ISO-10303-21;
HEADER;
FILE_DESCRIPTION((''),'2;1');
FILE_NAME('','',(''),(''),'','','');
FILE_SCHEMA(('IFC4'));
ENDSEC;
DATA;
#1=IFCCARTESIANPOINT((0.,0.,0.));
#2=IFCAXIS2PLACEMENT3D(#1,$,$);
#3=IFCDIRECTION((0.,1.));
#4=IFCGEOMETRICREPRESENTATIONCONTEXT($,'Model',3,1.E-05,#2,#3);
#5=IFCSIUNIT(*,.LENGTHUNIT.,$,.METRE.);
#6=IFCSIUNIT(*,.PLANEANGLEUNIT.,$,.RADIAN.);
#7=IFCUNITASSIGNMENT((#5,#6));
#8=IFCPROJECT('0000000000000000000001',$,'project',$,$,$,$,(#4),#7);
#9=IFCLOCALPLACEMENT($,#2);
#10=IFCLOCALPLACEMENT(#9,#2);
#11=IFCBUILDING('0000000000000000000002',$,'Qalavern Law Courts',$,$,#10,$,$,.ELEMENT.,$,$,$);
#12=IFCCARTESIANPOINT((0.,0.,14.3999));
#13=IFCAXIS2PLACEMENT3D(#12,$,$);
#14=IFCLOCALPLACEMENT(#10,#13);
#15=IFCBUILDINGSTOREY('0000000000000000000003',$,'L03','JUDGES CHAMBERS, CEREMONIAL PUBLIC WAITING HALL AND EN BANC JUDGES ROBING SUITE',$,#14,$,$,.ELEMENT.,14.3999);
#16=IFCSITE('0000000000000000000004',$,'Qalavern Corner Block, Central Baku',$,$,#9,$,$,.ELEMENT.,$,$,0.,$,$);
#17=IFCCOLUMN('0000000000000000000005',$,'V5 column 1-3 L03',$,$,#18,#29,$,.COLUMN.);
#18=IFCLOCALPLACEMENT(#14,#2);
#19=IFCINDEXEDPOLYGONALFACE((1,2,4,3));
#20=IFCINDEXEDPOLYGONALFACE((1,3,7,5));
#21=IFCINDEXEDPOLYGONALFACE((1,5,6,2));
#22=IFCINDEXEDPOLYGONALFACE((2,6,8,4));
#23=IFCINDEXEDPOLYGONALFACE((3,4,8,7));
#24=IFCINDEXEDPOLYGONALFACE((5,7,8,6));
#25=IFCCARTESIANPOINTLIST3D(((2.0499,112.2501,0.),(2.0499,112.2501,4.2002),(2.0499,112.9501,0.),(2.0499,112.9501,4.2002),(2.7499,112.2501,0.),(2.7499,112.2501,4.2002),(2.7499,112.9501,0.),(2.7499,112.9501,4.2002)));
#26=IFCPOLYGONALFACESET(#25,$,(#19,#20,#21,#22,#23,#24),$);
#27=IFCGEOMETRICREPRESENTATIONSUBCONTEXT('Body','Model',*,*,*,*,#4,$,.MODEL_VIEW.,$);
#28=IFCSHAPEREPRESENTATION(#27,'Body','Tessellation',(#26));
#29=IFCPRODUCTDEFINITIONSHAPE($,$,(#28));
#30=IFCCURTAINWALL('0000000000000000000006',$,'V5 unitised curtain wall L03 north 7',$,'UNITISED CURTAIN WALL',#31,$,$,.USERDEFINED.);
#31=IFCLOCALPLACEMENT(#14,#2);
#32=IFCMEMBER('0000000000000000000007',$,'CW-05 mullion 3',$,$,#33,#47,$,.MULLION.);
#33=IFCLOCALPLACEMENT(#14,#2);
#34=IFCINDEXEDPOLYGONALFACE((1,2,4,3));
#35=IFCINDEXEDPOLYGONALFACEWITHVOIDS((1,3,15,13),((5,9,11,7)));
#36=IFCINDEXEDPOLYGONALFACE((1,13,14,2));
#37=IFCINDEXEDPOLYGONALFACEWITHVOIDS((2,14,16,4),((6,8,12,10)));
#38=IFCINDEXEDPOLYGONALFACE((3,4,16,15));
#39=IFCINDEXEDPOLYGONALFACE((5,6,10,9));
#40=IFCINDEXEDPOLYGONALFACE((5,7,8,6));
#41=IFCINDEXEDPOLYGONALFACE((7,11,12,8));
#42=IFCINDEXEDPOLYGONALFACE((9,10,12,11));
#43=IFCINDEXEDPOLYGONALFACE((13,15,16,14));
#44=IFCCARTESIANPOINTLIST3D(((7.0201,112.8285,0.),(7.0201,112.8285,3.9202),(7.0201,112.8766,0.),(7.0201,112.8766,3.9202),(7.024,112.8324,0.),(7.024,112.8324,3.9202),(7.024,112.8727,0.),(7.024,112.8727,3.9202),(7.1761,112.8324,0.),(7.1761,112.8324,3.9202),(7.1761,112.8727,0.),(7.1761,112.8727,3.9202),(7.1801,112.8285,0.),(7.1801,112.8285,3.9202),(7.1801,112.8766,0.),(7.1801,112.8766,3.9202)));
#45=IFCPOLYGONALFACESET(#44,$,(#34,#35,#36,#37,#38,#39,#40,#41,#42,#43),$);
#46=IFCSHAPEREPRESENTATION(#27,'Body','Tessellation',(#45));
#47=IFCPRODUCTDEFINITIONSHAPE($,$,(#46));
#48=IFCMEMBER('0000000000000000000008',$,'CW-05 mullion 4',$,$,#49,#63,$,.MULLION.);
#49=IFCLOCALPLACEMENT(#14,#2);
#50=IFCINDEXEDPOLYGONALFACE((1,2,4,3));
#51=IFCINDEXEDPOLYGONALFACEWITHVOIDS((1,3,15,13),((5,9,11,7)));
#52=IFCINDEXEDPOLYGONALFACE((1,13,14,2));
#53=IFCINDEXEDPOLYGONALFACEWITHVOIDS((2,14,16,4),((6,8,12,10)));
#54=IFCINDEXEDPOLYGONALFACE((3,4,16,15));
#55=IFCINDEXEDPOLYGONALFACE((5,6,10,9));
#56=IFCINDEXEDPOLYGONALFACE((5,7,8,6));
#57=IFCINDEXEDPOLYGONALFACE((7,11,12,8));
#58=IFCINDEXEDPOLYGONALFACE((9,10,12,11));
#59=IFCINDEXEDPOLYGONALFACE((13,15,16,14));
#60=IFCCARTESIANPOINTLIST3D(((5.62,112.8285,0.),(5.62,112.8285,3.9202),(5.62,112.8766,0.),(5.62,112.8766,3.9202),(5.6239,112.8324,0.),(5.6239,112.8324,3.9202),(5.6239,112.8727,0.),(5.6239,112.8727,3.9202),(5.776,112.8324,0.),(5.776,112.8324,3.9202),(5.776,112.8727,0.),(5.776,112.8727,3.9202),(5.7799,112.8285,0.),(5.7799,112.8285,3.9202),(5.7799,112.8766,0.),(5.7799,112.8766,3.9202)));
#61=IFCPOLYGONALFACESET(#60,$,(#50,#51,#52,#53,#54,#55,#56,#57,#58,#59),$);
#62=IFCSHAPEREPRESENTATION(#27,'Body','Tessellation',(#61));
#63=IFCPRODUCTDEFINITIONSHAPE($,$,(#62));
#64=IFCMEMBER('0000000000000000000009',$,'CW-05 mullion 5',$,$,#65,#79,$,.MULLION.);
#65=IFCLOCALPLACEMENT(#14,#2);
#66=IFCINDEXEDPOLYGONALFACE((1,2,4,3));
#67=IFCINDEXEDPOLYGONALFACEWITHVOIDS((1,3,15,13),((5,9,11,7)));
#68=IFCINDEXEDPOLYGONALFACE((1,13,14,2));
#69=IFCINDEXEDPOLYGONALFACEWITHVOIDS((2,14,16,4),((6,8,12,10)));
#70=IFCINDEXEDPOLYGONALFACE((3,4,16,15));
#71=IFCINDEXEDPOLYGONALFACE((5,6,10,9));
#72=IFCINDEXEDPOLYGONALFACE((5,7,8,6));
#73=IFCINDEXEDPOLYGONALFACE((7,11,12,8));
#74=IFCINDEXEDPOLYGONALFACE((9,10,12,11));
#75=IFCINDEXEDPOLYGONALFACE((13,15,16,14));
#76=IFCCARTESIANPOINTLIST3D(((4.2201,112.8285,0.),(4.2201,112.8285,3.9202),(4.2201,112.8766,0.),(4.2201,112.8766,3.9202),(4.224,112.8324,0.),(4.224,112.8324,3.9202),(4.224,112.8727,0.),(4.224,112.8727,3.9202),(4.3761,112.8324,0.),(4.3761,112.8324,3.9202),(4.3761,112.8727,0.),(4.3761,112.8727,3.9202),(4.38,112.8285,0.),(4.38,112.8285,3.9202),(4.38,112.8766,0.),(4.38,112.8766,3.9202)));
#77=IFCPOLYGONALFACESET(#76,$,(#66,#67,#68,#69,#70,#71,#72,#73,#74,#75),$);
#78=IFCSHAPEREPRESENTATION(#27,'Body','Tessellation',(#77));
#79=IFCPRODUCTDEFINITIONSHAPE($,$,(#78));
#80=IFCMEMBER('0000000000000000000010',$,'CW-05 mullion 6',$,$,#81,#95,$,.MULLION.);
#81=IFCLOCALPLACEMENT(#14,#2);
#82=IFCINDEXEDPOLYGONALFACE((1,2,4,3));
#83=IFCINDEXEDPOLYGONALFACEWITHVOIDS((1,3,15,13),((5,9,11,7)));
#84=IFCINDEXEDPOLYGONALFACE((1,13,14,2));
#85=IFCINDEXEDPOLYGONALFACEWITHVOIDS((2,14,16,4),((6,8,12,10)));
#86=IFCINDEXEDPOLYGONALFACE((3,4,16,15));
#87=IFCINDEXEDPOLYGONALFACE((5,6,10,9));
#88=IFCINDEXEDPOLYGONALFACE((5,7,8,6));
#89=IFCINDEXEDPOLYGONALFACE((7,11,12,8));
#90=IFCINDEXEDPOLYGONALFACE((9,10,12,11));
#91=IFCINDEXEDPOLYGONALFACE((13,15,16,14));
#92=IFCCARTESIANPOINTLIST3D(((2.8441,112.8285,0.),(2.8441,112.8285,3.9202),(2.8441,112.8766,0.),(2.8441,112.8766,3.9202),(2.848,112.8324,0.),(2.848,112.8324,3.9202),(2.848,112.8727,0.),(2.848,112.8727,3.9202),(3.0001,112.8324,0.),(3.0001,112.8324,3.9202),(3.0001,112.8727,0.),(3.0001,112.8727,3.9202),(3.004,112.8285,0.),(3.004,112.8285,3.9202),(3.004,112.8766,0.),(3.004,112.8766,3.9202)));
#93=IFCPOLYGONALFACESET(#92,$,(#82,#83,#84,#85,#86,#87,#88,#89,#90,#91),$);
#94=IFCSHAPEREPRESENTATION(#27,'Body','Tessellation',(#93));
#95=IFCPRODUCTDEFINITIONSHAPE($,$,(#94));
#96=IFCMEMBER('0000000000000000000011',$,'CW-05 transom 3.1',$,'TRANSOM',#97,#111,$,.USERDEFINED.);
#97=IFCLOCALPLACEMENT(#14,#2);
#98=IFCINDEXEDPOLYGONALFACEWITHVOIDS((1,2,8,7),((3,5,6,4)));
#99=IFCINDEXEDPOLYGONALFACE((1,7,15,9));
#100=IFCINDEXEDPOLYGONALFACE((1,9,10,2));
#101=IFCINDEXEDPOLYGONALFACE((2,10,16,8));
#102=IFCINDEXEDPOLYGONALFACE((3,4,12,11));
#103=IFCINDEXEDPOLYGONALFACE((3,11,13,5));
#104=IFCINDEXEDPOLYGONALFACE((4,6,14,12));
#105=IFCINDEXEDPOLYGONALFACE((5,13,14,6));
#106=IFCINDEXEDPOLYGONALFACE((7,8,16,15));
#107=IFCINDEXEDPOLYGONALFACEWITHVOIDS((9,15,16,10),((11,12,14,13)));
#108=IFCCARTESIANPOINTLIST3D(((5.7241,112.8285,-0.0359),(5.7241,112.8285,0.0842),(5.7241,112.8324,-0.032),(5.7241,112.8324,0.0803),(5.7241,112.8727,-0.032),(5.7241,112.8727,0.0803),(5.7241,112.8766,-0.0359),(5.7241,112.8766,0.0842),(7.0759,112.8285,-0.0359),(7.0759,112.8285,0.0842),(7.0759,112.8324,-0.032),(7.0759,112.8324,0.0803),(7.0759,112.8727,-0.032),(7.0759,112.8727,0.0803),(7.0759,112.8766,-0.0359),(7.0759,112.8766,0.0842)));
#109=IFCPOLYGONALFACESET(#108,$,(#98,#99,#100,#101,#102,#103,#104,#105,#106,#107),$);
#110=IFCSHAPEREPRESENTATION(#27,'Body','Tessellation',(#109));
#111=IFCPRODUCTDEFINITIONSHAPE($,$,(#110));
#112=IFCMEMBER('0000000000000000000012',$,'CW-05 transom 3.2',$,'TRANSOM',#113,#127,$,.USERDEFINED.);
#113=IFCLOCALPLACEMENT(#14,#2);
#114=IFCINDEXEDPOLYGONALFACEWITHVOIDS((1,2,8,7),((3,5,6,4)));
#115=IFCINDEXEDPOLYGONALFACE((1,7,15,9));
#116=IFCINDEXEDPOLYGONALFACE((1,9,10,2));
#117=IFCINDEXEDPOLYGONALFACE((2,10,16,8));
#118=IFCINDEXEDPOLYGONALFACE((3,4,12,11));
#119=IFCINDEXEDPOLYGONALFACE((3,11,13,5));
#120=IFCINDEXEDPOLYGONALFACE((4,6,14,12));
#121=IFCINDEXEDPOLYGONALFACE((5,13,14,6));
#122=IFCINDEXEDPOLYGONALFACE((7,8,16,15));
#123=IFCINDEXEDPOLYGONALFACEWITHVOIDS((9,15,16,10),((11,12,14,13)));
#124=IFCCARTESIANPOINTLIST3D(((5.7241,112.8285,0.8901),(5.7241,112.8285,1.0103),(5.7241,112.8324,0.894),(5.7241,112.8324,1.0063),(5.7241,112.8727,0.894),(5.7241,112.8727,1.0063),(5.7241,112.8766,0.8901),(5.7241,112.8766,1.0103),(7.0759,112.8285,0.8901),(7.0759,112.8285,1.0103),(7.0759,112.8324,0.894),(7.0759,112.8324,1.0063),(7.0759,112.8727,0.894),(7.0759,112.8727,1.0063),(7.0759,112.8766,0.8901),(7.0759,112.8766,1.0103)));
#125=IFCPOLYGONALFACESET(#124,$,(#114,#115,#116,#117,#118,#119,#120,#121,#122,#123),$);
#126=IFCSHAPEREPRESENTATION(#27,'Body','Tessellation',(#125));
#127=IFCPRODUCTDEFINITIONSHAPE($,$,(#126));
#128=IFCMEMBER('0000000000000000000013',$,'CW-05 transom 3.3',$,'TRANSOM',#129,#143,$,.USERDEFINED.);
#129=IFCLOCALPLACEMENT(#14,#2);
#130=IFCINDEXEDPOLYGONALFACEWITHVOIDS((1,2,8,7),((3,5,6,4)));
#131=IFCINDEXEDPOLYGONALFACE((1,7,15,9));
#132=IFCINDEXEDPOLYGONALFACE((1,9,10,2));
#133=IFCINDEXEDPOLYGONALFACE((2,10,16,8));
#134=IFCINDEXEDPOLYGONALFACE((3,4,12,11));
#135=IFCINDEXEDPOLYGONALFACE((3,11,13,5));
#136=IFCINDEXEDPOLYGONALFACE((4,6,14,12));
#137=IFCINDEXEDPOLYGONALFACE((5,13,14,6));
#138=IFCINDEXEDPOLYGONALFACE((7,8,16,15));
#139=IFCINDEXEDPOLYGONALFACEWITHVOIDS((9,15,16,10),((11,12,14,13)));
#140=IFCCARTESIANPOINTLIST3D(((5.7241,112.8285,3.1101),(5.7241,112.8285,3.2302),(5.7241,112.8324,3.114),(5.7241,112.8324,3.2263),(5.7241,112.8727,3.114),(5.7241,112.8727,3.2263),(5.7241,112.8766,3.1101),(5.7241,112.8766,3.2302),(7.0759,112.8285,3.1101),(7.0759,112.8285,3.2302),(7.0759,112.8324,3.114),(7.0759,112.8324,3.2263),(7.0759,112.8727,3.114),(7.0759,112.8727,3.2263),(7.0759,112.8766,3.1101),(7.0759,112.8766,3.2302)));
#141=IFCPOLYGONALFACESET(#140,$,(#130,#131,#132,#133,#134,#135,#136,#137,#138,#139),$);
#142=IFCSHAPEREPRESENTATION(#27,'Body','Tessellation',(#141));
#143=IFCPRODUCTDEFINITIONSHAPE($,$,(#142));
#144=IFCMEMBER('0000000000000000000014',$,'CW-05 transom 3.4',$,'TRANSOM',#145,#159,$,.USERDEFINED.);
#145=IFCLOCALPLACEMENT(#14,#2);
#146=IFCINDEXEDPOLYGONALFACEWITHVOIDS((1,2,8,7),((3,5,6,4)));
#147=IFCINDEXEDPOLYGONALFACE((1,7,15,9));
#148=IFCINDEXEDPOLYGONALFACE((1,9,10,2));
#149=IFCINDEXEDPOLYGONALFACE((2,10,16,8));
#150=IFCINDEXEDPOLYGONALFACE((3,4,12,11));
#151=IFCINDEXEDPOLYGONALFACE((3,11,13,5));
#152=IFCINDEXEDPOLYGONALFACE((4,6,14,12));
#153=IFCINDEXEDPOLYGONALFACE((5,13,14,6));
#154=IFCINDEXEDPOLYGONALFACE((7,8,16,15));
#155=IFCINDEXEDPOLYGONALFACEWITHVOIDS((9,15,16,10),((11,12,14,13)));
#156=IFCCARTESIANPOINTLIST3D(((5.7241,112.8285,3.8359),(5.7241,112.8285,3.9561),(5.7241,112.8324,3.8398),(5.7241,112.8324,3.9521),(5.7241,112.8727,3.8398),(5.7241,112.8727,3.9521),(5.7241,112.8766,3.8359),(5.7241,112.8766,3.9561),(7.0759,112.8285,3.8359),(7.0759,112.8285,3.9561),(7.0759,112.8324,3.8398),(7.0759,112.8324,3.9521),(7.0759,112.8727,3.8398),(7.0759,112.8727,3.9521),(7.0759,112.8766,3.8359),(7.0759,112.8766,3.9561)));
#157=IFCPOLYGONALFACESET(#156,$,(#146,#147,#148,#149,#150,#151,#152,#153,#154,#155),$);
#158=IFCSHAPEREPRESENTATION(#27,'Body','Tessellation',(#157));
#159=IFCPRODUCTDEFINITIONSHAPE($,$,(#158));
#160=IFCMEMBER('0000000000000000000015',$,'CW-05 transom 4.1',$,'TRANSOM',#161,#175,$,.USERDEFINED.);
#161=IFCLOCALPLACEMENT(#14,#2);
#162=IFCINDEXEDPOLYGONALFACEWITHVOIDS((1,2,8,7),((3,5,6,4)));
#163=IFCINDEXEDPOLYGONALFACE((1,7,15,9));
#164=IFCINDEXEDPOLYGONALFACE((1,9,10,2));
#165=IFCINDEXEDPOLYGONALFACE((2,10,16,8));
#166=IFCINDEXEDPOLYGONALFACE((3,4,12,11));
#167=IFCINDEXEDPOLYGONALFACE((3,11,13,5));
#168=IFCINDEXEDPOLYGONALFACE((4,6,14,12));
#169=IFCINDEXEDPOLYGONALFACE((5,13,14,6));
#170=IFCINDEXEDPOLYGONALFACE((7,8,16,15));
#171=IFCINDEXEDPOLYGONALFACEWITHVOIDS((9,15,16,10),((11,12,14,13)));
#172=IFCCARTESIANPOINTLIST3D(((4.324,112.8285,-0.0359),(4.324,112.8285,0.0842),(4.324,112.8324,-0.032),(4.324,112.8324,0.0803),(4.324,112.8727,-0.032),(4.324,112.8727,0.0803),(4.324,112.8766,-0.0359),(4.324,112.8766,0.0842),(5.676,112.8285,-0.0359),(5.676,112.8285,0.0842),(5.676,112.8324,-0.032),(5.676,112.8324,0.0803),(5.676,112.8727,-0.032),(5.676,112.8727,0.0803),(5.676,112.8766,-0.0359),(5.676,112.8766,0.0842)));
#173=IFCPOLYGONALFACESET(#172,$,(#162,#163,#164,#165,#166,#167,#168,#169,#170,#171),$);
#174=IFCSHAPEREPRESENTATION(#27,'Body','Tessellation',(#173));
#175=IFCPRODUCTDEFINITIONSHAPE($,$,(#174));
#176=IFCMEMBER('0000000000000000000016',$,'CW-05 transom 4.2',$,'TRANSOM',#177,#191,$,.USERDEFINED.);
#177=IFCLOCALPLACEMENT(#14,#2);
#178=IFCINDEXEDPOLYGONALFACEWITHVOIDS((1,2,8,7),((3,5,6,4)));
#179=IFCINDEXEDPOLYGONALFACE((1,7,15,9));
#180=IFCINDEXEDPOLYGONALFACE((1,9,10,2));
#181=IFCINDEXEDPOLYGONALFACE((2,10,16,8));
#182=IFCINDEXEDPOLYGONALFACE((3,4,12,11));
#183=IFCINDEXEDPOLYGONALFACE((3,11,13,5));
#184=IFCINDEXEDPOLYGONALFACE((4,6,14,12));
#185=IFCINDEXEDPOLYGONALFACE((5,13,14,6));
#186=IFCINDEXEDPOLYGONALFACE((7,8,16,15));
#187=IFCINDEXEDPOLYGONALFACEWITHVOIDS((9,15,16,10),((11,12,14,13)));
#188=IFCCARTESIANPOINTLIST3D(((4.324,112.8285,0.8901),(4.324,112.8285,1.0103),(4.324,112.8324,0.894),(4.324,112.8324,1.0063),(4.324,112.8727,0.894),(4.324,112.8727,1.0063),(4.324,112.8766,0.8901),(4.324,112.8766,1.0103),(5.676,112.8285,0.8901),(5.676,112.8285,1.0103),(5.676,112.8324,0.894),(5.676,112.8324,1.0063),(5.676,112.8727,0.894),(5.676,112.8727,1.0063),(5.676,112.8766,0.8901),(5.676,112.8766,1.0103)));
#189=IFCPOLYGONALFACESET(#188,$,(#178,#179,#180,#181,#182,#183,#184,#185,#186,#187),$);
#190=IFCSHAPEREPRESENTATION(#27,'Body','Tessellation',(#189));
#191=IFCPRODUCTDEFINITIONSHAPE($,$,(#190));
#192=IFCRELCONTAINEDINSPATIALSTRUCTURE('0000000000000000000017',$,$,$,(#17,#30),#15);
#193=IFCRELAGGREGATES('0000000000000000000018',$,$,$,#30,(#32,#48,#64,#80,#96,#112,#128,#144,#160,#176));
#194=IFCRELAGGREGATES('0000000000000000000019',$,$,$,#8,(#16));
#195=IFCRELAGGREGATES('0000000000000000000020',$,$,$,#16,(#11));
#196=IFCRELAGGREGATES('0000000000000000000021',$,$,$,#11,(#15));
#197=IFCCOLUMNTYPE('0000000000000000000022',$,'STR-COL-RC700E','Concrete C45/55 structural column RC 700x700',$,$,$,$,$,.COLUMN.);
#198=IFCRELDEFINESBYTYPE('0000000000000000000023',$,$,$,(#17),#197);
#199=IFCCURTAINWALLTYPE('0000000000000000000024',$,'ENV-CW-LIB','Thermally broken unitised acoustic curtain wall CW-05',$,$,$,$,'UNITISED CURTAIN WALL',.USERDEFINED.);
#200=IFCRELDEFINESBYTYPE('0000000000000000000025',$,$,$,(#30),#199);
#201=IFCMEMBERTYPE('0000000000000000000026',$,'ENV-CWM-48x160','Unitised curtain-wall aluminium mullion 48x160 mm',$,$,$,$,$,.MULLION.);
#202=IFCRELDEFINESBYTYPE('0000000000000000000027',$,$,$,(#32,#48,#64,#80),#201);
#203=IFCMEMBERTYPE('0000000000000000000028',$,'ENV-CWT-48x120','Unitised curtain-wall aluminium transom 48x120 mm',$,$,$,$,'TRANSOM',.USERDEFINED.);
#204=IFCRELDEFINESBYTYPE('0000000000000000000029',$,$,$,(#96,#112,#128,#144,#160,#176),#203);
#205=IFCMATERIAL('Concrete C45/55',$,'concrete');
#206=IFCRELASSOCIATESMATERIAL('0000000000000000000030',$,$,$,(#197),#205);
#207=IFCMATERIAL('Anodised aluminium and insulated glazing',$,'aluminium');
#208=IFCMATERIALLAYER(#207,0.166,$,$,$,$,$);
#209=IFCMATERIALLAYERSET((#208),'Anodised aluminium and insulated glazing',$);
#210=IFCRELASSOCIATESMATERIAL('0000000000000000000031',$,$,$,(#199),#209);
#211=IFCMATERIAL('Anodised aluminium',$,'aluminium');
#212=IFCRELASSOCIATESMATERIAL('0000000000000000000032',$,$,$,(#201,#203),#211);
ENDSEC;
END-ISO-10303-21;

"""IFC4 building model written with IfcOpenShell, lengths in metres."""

from ifc_helpers import new_model, si_unit, direction, frame, origin, origin_2d, place, context, subcontext, project, spatial, rectangle, hollow_rectangle, extrude, material, layer, layer_set, material_profile, profile_set, type_object, element, aggregate, save


model = new_model("IFC4")

# Units and contexts
model_context = context("Model", 3, precision=1e-05, world=origin(), true_north=direction((0.0, 1.0)))
body_context = subcontext(model_context, "Body", "Model", "MODEL_VIEW")
ifc_project = project(units=[si_unit("LENGTHUNIT", "METRE"), si_unit("PLANEANGLEUNIT", "RADIAN")], contexts=[model_context])

# Site, building, storey
site_placement = place(None, origin())
site = spatial("IfcSite", under=ifc_project, at=site_placement, Name="Qalavern Corner Block, Central Baku", CompositionType="ELEMENT", RefElevation=0.0)
building_placement = place(site_placement, origin())
building = spatial("IfcBuilding", under=site, at=building_placement, Name="Qalavern Law Courts", CompositionType="ELEMENT")
storey_placement = place(building_placement, frame((0.0, 0.0, 14.3999)))
storey = spatial("IfcBuildingStorey", under=building, at=storey_placement, Name="L03", Description="JUDGES CHAMBERS, CEREMONIAL PUBLIC WAITING HALL AND EN BANC JUDGES ROBING SUITE", CompositionType="ELEMENT", Elevation=14.3999)

# Column
ifc_material_1 = material(Name="Concrete C45/55", Category="concrete")
ifc_material_profile_1 = material_profile(ifc_material_1, rectangle(XDim=0.7, YDim=0.7, at=origin_2d()), Name="RC 700x700")
ifc_profile_set_1 = profile_set([ifc_material_profile_1], Name="Concrete C45/55")
column_type = type_object("IfcColumnType", Name="STR-COL-RC700E", Description="Concrete C45/55 structural column RC 700x700", PredefinedType="COLUMN", material=ifc_profile_set_1)
column_placement = place(storey_placement, frame((2.3999, 112.6001, 0.0), z_axis=(0.0, 0.0, 1.0), x_axis=(1.0, 0.0, 0.0)))
element("IfcColumn", 1, at=column_placement, inside=storey, type_object=column_type, Name="V5 column 1-3 L03", PredefinedType="COLUMN", context=body_context, shape_type="SweptSolid", body=[
    extrude(rectangle(XDim=0.7, YDim=0.7, at=origin_2d()), origin(), (0.0, 0.0, 1.0), 4.2002),
])

# Curtain wall, members
ifc_material_2 = material(Name="Anodised aluminium and insulated glazing", Category="aluminium")
ifc_layer_1 = layer(ifc_material_2, 0.166)
ifc_layer_set_1 = layer_set([ifc_layer_1], Name="Anodised aluminium and insulated glazing")
curtain_wall_type = type_object("IfcCurtainWallType", Name="ENV-CW-LIB", Description="Thermally broken unitised acoustic curtain wall CW-05", ElementType="UNITISED CURTAIN WALL", PredefinedType="USERDEFINED", material=ifc_layer_set_1)
curtain_wall_placement = place(storey_placement, origin())
curtain_wall = element("IfcCurtainWall", 2, at=curtain_wall_placement, inside=storey, type_object=curtain_wall_type, Name="V5 unitised curtain wall L03 north 7", ObjectType="UNITISED CURTAIN WALL", PredefinedType="USERDEFINED")
ifc_material_3 = material(Name="Anodised aluminium", Category="aluminium")
ifc_material_profile_2 = material_profile(ifc_material_3, hollow_rectangle(XDim=0.0481, YDim=0.1599, WallThickness=0.0039, at=origin_2d()), Name="ALU MULLION 48x160")
ifc_profile_set_2 = profile_set([ifc_material_profile_2], Name="Anodised aluminium")
member_type_1 = type_object("IfcMemberType", Name="ENV-CWM-48x160", Description="Unitised curtain-wall aluminium mullion 48x160 mm", PredefinedType="MULLION", material=ifc_profile_set_2)
member_1_placement = place(storey_placement, frame((7.1001, 112.8525, 0.0), z_axis=(0.0, 0.0, 1.0), x_axis=(0.0, -1.0, 0.0)))
member_1 = element("IfcMember", 3, at=member_1_placement, type_object=member_type_1, Name="CW-05 mullion 3", PredefinedType="MULLION", context=body_context, shape_type="SweptSolid", body=[
    extrude(hollow_rectangle(XDim=0.0481, YDim=0.1599, WallThickness=0.0039, at=origin_2d()), origin(), (0.0, 0.0, 1.0), 3.9202),
])
member_2_placement = place(storey_placement, frame((5.7, 112.8525, 0.0), z_axis=(0.0, 0.0, 1.0), x_axis=(0.0, -1.0, 0.0)))
member_2 = element("IfcMember", 4, at=member_2_placement, type_object=member_type_1, Name="CW-05 mullion 4", PredefinedType="MULLION", context=body_context, shape_type="SweptSolid", body=[
    extrude(hollow_rectangle(XDim=0.0481, YDim=0.1599, WallThickness=0.0039, at=origin_2d()), origin(), (0.0, 0.0, 1.0), 3.9202),
])
member_3_placement = place(storey_placement, frame((4.3, 112.8525, 0.0), z_axis=(0.0, 0.0, 1.0), x_axis=(0.0, -1.0, 0.0)))
member_3 = element("IfcMember", 5, at=member_3_placement, type_object=member_type_1, Name="CW-05 mullion 5", PredefinedType="MULLION", context=body_context, shape_type="SweptSolid", body=[
    extrude(hollow_rectangle(XDim=0.0481, YDim=0.1599, WallThickness=0.0039, at=origin_2d()), origin(), (0.0, 0.0, 1.0), 3.9202),
])
member_4_placement = place(storey_placement, frame((2.9241, 112.8525, 0.0), z_axis=(0.0, 0.0, 1.0), x_axis=(0.0, -1.0, 0.0)))
member_4 = element("IfcMember", 6, at=member_4_placement, type_object=member_type_1, Name="CW-05 mullion 6", PredefinedType="MULLION", context=body_context, shape_type="SweptSolid", body=[
    extrude(hollow_rectangle(XDim=0.0481, YDim=0.1599, WallThickness=0.0039, at=origin_2d()), origin(), (0.0, 0.0, 1.0), 3.9202),
])
ifc_material_profile_3 = material_profile(ifc_material_3, hollow_rectangle(XDim=0.0481, YDim=0.1201, WallThickness=0.0039, at=origin_2d()), Name="ALU TRANSOM 48x120")
ifc_profile_set_3 = profile_set([ifc_material_profile_3], Name="Anodised aluminium")
member_type_2 = type_object("IfcMemberType", Name="ENV-CWT-48x120", Description="Unitised curtain-wall aluminium transom 48x120 mm", ElementType="TRANSOM", PredefinedType="USERDEFINED", material=ifc_profile_set_3)
member_5_placement = place(storey_placement, frame((7.0759, 112.8525, 0.0242), z_axis=(-1.0, 0.0, 0.0), x_axis=(0.0, -1.0, 0.0)))
member_5 = element("IfcMember", 7, at=member_5_placement, type_object=member_type_2, Name="CW-05 transom 3.1", ObjectType="TRANSOM", PredefinedType="USERDEFINED", context=body_context, shape_type="SweptSolid", body=[
    extrude(hollow_rectangle(XDim=0.0481, YDim=0.1201, WallThickness=0.0039, at=origin_2d()), origin(), (0.0, 0.0, 1.0), 1.3518),
])
member_6_placement = place(storey_placement, frame((7.0759, 112.8525, 0.9502), z_axis=(-1.0, 0.0, 0.0), x_axis=(0.0, -1.0, 0.0)))
member_6 = element("IfcMember", 8, at=member_6_placement, type_object=member_type_2, Name="CW-05 transom 3.2", ObjectType="TRANSOM", PredefinedType="USERDEFINED", context=body_context, shape_type="SweptSolid", body=[
    extrude(hollow_rectangle(XDim=0.0481, YDim=0.1201, WallThickness=0.0039, at=origin_2d()), origin(), (0.0, 0.0, 1.0), 1.3518),
])
member_7_placement = place(storey_placement, frame((7.0759, 112.8525, 3.1702), z_axis=(-1.0, 0.0, 0.0), x_axis=(0.0, -1.0, 0.0)))
member_7 = element("IfcMember", 9, at=member_7_placement, type_object=member_type_2, Name="CW-05 transom 3.3", ObjectType="TRANSOM", PredefinedType="USERDEFINED", context=body_context, shape_type="SweptSolid", body=[
    extrude(hollow_rectangle(XDim=0.0481, YDim=0.1201, WallThickness=0.0039, at=origin_2d()), origin(), (0.0, 0.0, 1.0), 1.3518),
])
member_8_placement = place(storey_placement, frame((7.0759, 112.8525, 3.896), z_axis=(-1.0, 0.0, 0.0), x_axis=(0.0, -1.0, 0.0)))
member_8 = element("IfcMember", 10, at=member_8_placement, type_object=member_type_2, Name="CW-05 transom 3.4", ObjectType="TRANSOM", PredefinedType="USERDEFINED", context=body_context, shape_type="SweptSolid", body=[
    extrude(hollow_rectangle(XDim=0.0481, YDim=0.1201, WallThickness=0.0039, at=origin_2d()), origin(), (0.0, 0.0, 1.0), 1.3518),
])
member_9_placement = place(storey_placement, frame((5.676, 112.8525, 0.0242), z_axis=(-1.0, 0.0, 0.0), x_axis=(0.0, -1.0, 0.0)))
member_9 = element("IfcMember", 11, at=member_9_placement, type_object=member_type_2, Name="CW-05 transom 4.1", ObjectType="TRANSOM", PredefinedType="USERDEFINED", context=body_context, shape_type="SweptSolid", body=[
    extrude(hollow_rectangle(XDim=0.0481, YDim=0.1201, WallThickness=0.0039, at=origin_2d()), origin(), (0.0, 0.0, 1.0), 1.3521),
])
member_10_placement = place(storey_placement, frame((5.676, 112.8525, 0.9502), z_axis=(-1.0, 0.0, 0.0), x_axis=(0.0, -1.0, 0.0)))
member_10 = element("IfcMember", 12, at=member_10_placement, type_object=member_type_2, Name="CW-05 transom 4.2", ObjectType="TRANSOM", PredefinedType="USERDEFINED", context=body_context, shape_type="SweptSolid", body=[
    extrude(hollow_rectangle(XDim=0.0481, YDim=0.1201, WallThickness=0.0039, at=origin_2d()), origin(), (0.0, 0.0, 1.0), 1.3521),
])

aggregate(curtain_wall, [member_1, member_2, member_3, member_4, member_5, member_6, member_7, member_8, member_9, member_10])

save(model, "model.ifc")
